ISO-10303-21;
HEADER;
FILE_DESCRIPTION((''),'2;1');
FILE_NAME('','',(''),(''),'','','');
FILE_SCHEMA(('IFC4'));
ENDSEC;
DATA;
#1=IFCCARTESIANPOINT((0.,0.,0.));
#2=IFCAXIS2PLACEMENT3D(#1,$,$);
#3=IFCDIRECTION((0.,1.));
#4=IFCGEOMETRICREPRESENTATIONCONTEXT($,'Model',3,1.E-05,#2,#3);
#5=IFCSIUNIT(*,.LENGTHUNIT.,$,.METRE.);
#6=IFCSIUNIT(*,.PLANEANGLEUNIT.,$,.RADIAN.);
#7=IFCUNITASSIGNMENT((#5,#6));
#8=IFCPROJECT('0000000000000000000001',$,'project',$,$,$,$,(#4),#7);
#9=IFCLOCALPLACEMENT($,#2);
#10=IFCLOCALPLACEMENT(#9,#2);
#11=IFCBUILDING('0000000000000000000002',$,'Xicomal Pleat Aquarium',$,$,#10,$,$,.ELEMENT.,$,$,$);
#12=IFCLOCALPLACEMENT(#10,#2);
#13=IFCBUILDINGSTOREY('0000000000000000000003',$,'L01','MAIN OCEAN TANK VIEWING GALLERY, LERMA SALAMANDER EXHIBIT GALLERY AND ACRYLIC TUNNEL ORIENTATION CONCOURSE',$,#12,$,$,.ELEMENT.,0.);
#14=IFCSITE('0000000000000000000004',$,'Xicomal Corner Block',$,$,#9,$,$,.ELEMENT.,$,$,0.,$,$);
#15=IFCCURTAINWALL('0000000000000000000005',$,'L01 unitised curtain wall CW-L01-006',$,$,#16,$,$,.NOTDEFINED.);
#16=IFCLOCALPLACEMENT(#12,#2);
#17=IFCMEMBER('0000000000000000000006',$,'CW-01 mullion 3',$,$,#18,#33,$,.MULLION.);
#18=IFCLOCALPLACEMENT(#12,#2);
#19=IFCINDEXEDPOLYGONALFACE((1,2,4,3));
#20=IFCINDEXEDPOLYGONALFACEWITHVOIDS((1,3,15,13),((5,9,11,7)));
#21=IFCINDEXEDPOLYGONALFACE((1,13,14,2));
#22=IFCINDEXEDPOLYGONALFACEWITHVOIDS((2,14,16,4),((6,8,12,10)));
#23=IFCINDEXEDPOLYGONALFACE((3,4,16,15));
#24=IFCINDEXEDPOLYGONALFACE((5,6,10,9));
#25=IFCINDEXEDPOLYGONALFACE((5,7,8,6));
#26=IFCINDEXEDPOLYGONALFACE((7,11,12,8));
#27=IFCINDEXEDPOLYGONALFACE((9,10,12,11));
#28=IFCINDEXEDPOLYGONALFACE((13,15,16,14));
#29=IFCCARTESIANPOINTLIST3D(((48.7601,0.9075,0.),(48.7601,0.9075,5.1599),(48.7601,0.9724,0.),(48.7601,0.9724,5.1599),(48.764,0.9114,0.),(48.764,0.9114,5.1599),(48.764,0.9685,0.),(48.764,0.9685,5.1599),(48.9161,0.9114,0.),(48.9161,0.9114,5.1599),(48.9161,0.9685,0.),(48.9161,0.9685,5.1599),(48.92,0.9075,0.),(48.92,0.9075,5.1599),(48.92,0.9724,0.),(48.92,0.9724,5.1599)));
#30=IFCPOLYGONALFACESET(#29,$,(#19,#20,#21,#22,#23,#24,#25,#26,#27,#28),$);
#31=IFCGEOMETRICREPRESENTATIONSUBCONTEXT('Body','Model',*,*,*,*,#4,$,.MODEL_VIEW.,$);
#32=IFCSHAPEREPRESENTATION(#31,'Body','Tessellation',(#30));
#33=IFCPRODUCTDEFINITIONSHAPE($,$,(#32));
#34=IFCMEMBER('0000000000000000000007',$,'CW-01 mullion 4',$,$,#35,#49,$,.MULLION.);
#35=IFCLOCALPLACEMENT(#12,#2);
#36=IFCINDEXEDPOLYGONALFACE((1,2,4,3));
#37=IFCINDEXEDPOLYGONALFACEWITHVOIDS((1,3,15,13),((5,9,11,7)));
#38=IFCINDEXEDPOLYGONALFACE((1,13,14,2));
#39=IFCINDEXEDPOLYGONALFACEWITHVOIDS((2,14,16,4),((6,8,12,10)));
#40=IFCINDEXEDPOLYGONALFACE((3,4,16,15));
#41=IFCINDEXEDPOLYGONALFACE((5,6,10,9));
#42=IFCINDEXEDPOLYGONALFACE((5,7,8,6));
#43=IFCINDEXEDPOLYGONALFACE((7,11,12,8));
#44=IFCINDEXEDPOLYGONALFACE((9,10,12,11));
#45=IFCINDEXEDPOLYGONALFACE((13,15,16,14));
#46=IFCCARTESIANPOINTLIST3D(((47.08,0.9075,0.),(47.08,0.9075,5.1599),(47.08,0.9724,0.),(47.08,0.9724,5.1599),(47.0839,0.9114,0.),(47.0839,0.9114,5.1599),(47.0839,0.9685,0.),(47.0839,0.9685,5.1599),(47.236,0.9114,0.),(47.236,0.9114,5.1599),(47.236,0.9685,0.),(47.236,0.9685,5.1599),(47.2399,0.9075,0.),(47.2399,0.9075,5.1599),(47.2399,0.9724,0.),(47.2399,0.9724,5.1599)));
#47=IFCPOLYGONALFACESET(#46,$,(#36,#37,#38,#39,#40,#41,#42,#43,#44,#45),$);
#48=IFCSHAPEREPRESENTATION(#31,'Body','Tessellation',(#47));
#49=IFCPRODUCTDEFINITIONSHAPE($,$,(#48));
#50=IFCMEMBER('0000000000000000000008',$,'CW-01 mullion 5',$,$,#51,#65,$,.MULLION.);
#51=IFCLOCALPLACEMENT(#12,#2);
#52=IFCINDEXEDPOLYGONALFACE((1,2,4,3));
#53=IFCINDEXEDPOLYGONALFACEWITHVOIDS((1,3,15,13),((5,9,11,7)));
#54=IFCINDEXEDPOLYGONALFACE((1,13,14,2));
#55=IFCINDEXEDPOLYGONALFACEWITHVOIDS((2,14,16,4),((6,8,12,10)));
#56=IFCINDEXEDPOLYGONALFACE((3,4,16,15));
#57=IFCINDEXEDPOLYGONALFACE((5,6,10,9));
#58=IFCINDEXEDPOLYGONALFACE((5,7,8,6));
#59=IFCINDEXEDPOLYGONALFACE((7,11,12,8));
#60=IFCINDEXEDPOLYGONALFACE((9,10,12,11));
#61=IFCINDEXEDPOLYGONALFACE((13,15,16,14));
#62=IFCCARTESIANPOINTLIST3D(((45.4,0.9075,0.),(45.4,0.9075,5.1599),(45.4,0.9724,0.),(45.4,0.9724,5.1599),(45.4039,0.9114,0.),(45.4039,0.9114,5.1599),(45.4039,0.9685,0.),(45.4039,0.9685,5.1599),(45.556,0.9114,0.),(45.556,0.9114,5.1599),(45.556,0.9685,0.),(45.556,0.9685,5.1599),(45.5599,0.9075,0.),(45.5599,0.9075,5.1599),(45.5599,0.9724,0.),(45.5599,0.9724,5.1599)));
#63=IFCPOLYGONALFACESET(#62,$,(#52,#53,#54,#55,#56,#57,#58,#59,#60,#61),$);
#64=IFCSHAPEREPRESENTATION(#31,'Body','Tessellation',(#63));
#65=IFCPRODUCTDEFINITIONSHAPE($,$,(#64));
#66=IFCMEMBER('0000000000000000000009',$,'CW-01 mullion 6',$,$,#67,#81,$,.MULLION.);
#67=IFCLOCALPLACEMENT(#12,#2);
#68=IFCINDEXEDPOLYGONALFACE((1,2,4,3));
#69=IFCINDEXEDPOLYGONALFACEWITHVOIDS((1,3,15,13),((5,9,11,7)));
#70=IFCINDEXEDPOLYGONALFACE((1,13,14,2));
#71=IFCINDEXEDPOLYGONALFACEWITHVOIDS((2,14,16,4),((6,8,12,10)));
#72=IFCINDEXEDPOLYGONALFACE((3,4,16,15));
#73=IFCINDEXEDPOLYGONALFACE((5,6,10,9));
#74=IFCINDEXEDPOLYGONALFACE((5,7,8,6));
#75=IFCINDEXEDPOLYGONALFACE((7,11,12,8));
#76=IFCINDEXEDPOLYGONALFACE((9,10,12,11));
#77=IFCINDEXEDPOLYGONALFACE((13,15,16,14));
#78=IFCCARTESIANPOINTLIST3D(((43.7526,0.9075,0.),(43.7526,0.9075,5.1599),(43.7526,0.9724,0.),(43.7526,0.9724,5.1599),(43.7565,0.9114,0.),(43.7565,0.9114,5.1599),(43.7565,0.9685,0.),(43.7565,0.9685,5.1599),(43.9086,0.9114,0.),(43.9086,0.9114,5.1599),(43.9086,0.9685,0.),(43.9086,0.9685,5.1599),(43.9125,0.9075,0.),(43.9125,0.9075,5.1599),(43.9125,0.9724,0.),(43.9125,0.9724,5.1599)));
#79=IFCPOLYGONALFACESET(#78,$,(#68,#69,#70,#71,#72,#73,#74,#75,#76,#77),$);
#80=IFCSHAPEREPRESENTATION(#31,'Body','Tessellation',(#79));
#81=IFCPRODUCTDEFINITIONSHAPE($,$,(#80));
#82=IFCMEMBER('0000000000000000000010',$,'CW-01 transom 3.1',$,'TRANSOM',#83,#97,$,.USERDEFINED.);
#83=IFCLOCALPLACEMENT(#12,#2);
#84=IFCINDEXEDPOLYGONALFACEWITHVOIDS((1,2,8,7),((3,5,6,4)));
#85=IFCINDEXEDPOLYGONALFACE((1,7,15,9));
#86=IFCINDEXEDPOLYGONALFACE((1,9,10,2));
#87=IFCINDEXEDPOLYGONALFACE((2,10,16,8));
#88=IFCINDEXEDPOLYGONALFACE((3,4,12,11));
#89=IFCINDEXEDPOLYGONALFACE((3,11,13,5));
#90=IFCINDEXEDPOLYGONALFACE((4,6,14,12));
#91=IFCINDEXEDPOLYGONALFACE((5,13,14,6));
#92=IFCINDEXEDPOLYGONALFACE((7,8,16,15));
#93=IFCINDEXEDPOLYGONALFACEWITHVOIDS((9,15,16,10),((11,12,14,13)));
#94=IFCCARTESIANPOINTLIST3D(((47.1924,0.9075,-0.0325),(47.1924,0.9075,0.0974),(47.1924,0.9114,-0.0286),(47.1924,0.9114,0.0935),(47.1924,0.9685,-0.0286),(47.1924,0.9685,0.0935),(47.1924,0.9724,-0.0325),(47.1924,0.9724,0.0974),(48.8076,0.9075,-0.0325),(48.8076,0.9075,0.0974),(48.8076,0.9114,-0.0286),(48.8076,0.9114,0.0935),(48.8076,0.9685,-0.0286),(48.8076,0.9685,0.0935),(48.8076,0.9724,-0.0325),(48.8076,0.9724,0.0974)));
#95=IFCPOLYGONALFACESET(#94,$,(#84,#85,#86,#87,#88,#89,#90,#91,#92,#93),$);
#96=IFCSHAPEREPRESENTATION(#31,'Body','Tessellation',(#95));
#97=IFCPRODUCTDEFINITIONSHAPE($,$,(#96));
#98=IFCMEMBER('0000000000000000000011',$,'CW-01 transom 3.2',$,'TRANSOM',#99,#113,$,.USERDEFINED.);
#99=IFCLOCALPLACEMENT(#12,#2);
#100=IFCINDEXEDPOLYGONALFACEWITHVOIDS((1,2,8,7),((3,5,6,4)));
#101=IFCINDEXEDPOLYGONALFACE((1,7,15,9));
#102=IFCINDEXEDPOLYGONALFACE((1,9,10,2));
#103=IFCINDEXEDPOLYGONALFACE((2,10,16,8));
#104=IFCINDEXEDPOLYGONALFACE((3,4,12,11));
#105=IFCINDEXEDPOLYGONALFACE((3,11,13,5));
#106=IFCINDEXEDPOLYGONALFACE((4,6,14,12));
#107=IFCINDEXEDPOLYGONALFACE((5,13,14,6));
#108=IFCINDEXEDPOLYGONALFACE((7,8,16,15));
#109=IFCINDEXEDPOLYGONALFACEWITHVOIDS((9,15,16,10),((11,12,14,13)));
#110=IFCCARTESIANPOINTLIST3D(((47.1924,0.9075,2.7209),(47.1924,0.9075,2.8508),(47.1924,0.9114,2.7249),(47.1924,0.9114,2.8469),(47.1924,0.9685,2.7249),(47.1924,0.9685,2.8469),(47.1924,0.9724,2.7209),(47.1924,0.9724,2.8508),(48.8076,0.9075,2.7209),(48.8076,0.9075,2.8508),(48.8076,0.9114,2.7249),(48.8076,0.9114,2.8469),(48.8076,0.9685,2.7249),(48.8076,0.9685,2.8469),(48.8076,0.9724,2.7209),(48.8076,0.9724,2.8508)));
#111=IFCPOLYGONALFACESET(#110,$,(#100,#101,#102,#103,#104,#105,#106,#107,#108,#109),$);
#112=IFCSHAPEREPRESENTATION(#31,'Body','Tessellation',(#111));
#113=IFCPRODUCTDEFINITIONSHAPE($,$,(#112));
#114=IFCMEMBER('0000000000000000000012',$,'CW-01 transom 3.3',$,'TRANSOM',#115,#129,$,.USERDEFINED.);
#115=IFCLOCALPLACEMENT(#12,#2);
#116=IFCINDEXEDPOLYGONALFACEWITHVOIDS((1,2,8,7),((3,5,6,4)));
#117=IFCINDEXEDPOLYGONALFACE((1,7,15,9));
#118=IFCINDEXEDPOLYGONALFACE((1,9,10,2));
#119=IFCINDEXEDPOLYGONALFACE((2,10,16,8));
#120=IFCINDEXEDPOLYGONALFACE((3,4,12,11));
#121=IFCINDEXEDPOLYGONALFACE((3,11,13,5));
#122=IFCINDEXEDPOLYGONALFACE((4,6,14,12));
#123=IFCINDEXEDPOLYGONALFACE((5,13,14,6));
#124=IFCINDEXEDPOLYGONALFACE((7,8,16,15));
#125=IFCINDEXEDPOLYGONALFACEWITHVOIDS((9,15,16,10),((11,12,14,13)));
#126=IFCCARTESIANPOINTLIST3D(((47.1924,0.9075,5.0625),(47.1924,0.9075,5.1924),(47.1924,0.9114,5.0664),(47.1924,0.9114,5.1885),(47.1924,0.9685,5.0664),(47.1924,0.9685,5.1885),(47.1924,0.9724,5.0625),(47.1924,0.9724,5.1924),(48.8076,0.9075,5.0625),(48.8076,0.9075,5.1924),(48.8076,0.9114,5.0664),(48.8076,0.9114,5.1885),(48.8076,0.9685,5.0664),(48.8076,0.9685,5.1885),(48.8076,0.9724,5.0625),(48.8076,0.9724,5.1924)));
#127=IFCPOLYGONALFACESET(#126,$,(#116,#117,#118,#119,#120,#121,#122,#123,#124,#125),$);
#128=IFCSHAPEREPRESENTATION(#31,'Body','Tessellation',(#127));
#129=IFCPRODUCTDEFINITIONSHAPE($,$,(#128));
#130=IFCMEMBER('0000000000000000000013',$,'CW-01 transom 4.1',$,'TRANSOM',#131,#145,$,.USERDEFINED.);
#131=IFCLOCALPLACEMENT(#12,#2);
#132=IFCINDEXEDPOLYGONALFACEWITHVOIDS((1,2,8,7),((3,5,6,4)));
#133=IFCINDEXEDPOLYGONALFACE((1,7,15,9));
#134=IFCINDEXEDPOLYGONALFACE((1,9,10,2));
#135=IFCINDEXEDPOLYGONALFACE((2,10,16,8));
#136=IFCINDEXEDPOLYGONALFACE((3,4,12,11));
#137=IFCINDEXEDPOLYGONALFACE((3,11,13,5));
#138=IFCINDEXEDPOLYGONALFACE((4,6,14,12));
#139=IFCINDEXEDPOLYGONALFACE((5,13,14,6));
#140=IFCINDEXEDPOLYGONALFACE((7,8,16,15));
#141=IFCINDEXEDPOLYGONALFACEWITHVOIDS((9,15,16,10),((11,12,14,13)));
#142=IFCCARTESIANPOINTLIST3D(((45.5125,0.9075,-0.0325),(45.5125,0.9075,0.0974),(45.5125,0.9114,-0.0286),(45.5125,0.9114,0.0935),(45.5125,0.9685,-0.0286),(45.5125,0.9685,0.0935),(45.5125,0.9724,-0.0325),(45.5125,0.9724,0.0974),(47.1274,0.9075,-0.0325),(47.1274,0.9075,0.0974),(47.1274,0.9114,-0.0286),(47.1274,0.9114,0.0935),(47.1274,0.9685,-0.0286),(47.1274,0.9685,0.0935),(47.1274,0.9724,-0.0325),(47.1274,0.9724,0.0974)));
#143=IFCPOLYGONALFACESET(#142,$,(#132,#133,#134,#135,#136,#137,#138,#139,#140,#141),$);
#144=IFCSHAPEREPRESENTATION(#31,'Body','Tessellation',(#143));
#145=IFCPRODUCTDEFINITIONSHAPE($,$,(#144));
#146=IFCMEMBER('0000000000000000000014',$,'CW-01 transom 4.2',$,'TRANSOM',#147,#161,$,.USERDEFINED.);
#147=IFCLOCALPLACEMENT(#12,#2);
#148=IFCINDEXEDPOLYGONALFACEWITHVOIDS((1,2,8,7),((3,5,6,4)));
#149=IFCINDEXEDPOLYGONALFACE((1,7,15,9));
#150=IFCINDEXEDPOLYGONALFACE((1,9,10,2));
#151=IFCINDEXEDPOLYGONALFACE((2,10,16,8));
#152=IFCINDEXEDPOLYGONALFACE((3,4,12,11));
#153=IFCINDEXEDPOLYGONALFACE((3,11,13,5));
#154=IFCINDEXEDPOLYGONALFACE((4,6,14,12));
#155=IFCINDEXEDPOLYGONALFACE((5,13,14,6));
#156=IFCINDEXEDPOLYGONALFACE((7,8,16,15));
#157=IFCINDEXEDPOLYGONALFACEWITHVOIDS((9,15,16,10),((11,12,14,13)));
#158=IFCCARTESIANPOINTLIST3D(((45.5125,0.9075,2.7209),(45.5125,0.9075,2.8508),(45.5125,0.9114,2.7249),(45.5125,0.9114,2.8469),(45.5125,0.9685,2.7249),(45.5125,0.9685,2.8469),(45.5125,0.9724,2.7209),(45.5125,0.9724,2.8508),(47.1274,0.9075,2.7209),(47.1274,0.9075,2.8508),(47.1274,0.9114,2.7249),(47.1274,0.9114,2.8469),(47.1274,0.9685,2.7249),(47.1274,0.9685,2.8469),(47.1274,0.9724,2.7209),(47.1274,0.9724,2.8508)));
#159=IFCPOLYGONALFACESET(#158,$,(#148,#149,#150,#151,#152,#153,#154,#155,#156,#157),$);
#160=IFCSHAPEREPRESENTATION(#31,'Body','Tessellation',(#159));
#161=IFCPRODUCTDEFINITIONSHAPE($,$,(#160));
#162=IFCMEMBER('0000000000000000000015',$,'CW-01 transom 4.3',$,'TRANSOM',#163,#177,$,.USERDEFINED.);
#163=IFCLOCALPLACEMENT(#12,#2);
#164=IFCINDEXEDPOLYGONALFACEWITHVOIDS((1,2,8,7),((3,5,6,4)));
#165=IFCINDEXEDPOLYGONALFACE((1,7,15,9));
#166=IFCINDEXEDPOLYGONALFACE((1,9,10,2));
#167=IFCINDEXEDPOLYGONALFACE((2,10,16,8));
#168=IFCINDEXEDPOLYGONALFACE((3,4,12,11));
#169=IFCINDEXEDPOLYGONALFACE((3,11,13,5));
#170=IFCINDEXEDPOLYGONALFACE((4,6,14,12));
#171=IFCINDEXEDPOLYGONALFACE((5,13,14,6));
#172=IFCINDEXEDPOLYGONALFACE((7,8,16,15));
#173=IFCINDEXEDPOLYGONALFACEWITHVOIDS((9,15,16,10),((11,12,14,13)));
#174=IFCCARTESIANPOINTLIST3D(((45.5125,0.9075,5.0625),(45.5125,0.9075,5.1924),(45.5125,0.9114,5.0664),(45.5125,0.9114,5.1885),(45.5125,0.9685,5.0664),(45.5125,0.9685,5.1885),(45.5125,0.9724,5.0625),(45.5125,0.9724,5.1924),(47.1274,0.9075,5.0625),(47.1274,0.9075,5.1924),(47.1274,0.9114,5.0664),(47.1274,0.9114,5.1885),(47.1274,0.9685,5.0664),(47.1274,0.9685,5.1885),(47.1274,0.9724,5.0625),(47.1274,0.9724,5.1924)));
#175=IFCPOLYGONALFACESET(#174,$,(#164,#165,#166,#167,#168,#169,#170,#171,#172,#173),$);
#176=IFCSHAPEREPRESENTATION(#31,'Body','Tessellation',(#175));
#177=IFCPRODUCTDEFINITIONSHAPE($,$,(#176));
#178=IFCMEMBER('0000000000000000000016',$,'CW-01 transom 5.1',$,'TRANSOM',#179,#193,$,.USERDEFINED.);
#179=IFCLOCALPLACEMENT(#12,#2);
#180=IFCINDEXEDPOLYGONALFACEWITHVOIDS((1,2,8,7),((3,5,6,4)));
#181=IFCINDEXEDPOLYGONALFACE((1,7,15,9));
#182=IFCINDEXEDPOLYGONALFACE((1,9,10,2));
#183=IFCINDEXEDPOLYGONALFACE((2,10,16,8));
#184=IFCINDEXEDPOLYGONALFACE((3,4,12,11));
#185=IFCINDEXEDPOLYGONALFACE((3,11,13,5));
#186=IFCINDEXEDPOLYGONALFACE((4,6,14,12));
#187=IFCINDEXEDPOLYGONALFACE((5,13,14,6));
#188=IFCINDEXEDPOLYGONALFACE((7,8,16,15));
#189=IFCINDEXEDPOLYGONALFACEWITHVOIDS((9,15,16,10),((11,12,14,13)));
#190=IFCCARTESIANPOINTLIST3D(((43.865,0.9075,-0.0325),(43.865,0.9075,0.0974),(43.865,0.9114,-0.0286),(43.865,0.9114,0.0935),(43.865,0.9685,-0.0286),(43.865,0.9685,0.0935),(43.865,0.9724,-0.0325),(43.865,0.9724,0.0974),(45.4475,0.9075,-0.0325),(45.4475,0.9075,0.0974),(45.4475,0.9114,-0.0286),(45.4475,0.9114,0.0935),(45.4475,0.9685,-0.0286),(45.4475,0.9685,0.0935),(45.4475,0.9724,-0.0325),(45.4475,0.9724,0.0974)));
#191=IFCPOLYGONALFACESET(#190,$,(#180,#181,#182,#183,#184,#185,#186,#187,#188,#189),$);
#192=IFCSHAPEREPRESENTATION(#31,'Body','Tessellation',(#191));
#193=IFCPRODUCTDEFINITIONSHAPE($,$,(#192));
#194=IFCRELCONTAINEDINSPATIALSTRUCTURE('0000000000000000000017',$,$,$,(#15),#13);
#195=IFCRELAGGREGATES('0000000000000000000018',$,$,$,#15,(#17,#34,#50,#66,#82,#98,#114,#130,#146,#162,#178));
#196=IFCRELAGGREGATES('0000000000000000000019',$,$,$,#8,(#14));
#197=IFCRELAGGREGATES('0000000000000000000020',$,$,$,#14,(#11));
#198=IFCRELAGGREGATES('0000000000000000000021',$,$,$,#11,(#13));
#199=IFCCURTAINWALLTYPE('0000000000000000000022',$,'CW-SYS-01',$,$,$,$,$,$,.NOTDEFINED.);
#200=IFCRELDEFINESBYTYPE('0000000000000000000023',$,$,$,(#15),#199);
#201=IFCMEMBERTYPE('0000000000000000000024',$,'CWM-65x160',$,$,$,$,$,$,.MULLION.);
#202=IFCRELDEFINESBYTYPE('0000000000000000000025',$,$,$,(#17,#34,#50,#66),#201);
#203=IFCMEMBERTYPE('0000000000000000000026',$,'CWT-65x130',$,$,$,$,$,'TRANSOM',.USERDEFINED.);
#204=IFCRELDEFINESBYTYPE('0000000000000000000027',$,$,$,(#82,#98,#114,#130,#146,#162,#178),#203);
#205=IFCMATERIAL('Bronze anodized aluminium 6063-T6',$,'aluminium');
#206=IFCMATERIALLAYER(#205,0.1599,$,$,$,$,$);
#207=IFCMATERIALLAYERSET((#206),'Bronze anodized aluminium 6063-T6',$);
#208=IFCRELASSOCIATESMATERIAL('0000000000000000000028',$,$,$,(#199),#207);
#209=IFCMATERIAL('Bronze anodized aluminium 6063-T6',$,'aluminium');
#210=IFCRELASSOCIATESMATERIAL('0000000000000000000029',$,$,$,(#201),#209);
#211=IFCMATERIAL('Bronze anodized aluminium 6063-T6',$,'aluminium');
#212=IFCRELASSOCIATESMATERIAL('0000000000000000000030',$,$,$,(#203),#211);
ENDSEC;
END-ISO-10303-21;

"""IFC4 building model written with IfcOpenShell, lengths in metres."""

from ifc_helpers import new_model, si_unit, direction, frame, origin, origin_2d, place, context, subcontext, project, spatial, hollow_rectangle, extrude, material, layer, layer_set, material_profile, profile_set, type_object, element, aggregate, save


model = new_model("IFC4")

# Units and contexts
model_context = context("Model", 3, precision=1e-05, world=origin(), true_north=direction((0.0, 1.0)))
body_context = subcontext(model_context, "Body", "Model", "MODEL_VIEW")
ifc_project = project(units=[si_unit("LENGTHUNIT", "METRE"), si_unit("PLANEANGLEUNIT", "RADIAN")], contexts=[model_context])

# Site, building, storey
site_placement = place(None, origin())
site = spatial("IfcSite", under=ifc_project, at=site_placement, Name="Xicomal Corner Block", CompositionType="ELEMENT", RefElevation=0.0)
building_placement = place(site_placement, origin())
building = spatial("IfcBuilding", under=site, at=building_placement, Name="Xicomal Pleat Aquarium", CompositionType="ELEMENT")
storey_placement = place(building_placement, origin())
storey = spatial("IfcBuildingStorey", under=building, at=storey_placement, Name="L01", Description="MAIN OCEAN TANK VIEWING GALLERY, LERMA SALAMANDER EXHIBIT GALLERY AND ACRYLIC TUNNEL ORIENTATION CONCOURSE", CompositionType="ELEMENT", Elevation=0.0)

# Curtain wall, members
ifc_material_1 = material(Name="Bronze anodized aluminium 6063-T6", Category="aluminium")
ifc_layer_1 = layer(ifc_material_1, 0.1599)
ifc_layer_set_1 = layer_set([ifc_layer_1], Name="Bronze anodized aluminium 6063-T6")
curtain_wall_type = type_object("IfcCurtainWallType", Name="CW-SYS-01", PredefinedType="NOTDEFINED", material=ifc_layer_set_1)
curtain_wall_placement = place(storey_placement, origin())
curtain_wall = element("IfcCurtainWall", 1, at=curtain_wall_placement, inside=storey, type_object=curtain_wall_type, Name="L01 unitised curtain wall CW-L01-006", PredefinedType="NOTDEFINED")
ifc_material_2 = material(Name="Bronze anodized aluminium 6063-T6", Category="aluminium")
ifc_material_profile_1 = material_profile(ifc_material_2, hollow_rectangle(XDim=0.0649, YDim=0.1599, WallThickness=0.0039, at=origin_2d()), Name="ALU MULL 65x160")
ifc_profile_set_1 = profile_set([ifc_material_profile_1], Name="Bronze anodized aluminium 6063-T6")
member_type_1 = type_object("IfcMemberType", Name="CWM-65x160", PredefinedType="MULLION", material=ifc_profile_set_1)
member_1_placement = place(storey_placement, frame((48.8401, 0.9399, 0.0), z_axis=(0.0, 0.0, 1.0), x_axis=(0.0, -1.0, 0.0)))
member_1 = element("IfcMember", 2, at=member_1_placement, type_object=member_type_1, Name="CW-01 mullion 3", PredefinedType="MULLION", context=body_context, shape_type="SweptSolid", body=[
    extrude(hollow_rectangle(XDim=0.0649, YDim=0.1599, WallThickness=0.0039, at=origin_2d()), origin(), (0.0, 0.0, 1.0), 5.1599),
])
member_2_placement = place(storey_placement, frame((47.1599, 0.9399, 0.0), z_axis=(0.0, 0.0, 1.0), x_axis=(0.0, -1.0, 0.0)))
member_2 = element("IfcMember", 3, at=member_2_placement, type_object=member_type_1, Name="CW-01 mullion 4", PredefinedType="MULLION", context=body_context, shape_type="SweptSolid", body=[
    extrude(hollow_rectangle(XDim=0.0649, YDim=0.1599, WallThickness=0.0039, at=origin_2d()), origin(), (0.0, 0.0, 1.0), 5.1599),
])
member_3_placement = place(storey_placement, frame((45.48, 0.9399, 0.0), z_axis=(0.0, 0.0, 1.0), x_axis=(0.0, -1.0, 0.0)))
member_3 = element("IfcMember", 4, at=member_3_placement, type_object=member_type_1, Name="CW-01 mullion 5", PredefinedType="MULLION", context=body_context, shape_type="SweptSolid", body=[
    extrude(hollow_rectangle(XDim=0.0649, YDim=0.1599, WallThickness=0.0039, at=origin_2d()), origin(), (0.0, 0.0, 1.0), 5.1599),
])
member_4_placement = place(storey_placement, frame((43.8325, 0.9399, 0.0), z_axis=(0.0, 0.0, 1.0), x_axis=(0.0, -1.0, 0.0)))
member_4 = element("IfcMember", 5, at=member_4_placement, type_object=member_type_1, Name="CW-01 mullion 6", PredefinedType="MULLION", context=body_context, shape_type="SweptSolid", body=[
    extrude(hollow_rectangle(XDim=0.0649, YDim=0.1599, WallThickness=0.0039, at=origin_2d()), origin(), (0.0, 0.0, 1.0), 5.1599),
])
ifc_material_3 = material(Name="Bronze anodized aluminium 6063-T6", Category="aluminium")
ifc_material_profile_2 = material_profile(ifc_material_3, hollow_rectangle(XDim=0.0649, YDim=0.1299, WallThickness=0.0039, at=origin_2d()), Name="ALU TRAN 65x130")
ifc_profile_set_2 = profile_set([ifc_material_profile_2], Name="Bronze anodized aluminium 6063-T6")
member_type_2 = type_object("IfcMemberType", Name="CWT-65x130", ElementType="TRANSOM", PredefinedType="USERDEFINED", material=ifc_profile_set_2)
member_5_placement = place(storey_placement, frame((48.8076, 0.9399, 0.0325), z_axis=(-1.0, 0.0, 0.0), x_axis=(0.0, -1.0, 0.0)))
member_5 = element("IfcMember", 6, at=member_5_placement, type_object=member_type_2, Name="CW-01 transom 3.1", ObjectType="TRANSOM", PredefinedType="USERDEFINED", context=body_context, shape_type="SweptSolid", body=[
    extrude(hollow_rectangle(XDim=0.0649, YDim=0.1299, WallThickness=0.0039, at=origin_2d()), origin(), (0.0, 0.0, 1.0), 1.6152),
])
member_6_placement = place(storey_placement, frame((48.8076, 0.9399, 2.7859), z_axis=(-1.0, 0.0, 0.0), x_axis=(0.0, -1.0, 0.0)))
member_6 = element("IfcMember", 7, at=member_6_placement, type_object=member_type_2, Name="CW-01 transom 3.2", ObjectType="TRANSOM", PredefinedType="USERDEFINED", context=body_context, shape_type="SweptSolid", body=[
    extrude(hollow_rectangle(XDim=0.0649, YDim=0.1299, WallThickness=0.0039, at=origin_2d()), origin(), (0.0, 0.0, 1.0), 1.6152),
])
member_7_placement = place(storey_placement, frame((48.8076, 0.9399, 5.1274), z_axis=(-1.0, 0.0, 0.0), x_axis=(0.0, -1.0, 0.0)))
member_7 = element("IfcMember", 8, at=member_7_placement, type_object=member_type_2, Name="CW-01 transom 3.3", ObjectType="TRANSOM", PredefinedType="USERDEFINED", context=body_context, shape_type="SweptSolid", body=[
    extrude(hollow_rectangle(XDim=0.0649, YDim=0.1299, WallThickness=0.0039, at=origin_2d()), origin(), (0.0, 0.0, 1.0), 1.6152),
])
member_8_placement = place(storey_placement, frame((47.1274, 0.9399, 0.0325), z_axis=(-1.0, 0.0, 0.0), x_axis=(0.0, -1.0, 0.0)))
member_8 = element("IfcMember", 9, at=member_8_placement, type_object=member_type_2, Name="CW-01 transom 4.1", ObjectType="TRANSOM", PredefinedType="USERDEFINED", context=body_context, shape_type="SweptSolid", body=[
    extrude(hollow_rectangle(XDim=0.0649, YDim=0.1299, WallThickness=0.0039, at=origin_2d()), origin(), (0.0, 0.0, 1.0), 1.615),
])
member_9_placement = place(storey_placement, frame((47.1274, 0.9399, 2.7859), z_axis=(-1.0, 0.0, 0.0), x_axis=(0.0, -1.0, 0.0)))
member_9 = element("IfcMember", 10, at=member_9_placement, type_object=member_type_2, Name="CW-01 transom 4.2", ObjectType="TRANSOM", PredefinedType="USERDEFINED", context=body_context, shape_type="SweptSolid", body=[
    extrude(hollow_rectangle(XDim=0.0649, YDim=0.1299, WallThickness=0.0039, at=origin_2d()), origin(), (0.0, 0.0, 1.0), 1.615),
])
member_10_placement = place(storey_placement, frame((47.1274, 0.9399, 5.1274), z_axis=(-1.0, 0.0, 0.0), x_axis=(0.0, -1.0, 0.0)))
member_10 = element("IfcMember", 11, at=member_10_placement, type_object=member_type_2, Name="CW-01 transom 4.3", ObjectType="TRANSOM", PredefinedType="USERDEFINED", context=body_context, shape_type="SweptSolid", body=[
    extrude(hollow_rectangle(XDim=0.0649, YDim=0.1299, WallThickness=0.0039, at=origin_2d()), origin(), (0.0, 0.0, 1.0), 1.615),
])
member_11_placement = place(storey_placement, frame((45.4475, 0.9399, 0.0325), z_axis=(-1.0, 0.0, 0.0), x_axis=(0.0, -1.0, 0.0)))
member_11 = element("IfcMember", 12, at=member_11_placement, type_object=member_type_2, Name="CW-01 transom 5.1", ObjectType="TRANSOM", PredefinedType="USERDEFINED", context=body_context, shape_type="SweptSolid", body=[
    extrude(hollow_rectangle(XDim=0.0649, YDim=0.1299, WallThickness=0.0039, at=origin_2d()), origin(), (0.0, 0.0, 1.0), 1.5825),
])
aggregate(curtain_wall, [member_1, member_2, member_3, member_4, member_5, member_6, member_7, member_8, member_9, member_10, member_11])

save(model, "model.ifc")
